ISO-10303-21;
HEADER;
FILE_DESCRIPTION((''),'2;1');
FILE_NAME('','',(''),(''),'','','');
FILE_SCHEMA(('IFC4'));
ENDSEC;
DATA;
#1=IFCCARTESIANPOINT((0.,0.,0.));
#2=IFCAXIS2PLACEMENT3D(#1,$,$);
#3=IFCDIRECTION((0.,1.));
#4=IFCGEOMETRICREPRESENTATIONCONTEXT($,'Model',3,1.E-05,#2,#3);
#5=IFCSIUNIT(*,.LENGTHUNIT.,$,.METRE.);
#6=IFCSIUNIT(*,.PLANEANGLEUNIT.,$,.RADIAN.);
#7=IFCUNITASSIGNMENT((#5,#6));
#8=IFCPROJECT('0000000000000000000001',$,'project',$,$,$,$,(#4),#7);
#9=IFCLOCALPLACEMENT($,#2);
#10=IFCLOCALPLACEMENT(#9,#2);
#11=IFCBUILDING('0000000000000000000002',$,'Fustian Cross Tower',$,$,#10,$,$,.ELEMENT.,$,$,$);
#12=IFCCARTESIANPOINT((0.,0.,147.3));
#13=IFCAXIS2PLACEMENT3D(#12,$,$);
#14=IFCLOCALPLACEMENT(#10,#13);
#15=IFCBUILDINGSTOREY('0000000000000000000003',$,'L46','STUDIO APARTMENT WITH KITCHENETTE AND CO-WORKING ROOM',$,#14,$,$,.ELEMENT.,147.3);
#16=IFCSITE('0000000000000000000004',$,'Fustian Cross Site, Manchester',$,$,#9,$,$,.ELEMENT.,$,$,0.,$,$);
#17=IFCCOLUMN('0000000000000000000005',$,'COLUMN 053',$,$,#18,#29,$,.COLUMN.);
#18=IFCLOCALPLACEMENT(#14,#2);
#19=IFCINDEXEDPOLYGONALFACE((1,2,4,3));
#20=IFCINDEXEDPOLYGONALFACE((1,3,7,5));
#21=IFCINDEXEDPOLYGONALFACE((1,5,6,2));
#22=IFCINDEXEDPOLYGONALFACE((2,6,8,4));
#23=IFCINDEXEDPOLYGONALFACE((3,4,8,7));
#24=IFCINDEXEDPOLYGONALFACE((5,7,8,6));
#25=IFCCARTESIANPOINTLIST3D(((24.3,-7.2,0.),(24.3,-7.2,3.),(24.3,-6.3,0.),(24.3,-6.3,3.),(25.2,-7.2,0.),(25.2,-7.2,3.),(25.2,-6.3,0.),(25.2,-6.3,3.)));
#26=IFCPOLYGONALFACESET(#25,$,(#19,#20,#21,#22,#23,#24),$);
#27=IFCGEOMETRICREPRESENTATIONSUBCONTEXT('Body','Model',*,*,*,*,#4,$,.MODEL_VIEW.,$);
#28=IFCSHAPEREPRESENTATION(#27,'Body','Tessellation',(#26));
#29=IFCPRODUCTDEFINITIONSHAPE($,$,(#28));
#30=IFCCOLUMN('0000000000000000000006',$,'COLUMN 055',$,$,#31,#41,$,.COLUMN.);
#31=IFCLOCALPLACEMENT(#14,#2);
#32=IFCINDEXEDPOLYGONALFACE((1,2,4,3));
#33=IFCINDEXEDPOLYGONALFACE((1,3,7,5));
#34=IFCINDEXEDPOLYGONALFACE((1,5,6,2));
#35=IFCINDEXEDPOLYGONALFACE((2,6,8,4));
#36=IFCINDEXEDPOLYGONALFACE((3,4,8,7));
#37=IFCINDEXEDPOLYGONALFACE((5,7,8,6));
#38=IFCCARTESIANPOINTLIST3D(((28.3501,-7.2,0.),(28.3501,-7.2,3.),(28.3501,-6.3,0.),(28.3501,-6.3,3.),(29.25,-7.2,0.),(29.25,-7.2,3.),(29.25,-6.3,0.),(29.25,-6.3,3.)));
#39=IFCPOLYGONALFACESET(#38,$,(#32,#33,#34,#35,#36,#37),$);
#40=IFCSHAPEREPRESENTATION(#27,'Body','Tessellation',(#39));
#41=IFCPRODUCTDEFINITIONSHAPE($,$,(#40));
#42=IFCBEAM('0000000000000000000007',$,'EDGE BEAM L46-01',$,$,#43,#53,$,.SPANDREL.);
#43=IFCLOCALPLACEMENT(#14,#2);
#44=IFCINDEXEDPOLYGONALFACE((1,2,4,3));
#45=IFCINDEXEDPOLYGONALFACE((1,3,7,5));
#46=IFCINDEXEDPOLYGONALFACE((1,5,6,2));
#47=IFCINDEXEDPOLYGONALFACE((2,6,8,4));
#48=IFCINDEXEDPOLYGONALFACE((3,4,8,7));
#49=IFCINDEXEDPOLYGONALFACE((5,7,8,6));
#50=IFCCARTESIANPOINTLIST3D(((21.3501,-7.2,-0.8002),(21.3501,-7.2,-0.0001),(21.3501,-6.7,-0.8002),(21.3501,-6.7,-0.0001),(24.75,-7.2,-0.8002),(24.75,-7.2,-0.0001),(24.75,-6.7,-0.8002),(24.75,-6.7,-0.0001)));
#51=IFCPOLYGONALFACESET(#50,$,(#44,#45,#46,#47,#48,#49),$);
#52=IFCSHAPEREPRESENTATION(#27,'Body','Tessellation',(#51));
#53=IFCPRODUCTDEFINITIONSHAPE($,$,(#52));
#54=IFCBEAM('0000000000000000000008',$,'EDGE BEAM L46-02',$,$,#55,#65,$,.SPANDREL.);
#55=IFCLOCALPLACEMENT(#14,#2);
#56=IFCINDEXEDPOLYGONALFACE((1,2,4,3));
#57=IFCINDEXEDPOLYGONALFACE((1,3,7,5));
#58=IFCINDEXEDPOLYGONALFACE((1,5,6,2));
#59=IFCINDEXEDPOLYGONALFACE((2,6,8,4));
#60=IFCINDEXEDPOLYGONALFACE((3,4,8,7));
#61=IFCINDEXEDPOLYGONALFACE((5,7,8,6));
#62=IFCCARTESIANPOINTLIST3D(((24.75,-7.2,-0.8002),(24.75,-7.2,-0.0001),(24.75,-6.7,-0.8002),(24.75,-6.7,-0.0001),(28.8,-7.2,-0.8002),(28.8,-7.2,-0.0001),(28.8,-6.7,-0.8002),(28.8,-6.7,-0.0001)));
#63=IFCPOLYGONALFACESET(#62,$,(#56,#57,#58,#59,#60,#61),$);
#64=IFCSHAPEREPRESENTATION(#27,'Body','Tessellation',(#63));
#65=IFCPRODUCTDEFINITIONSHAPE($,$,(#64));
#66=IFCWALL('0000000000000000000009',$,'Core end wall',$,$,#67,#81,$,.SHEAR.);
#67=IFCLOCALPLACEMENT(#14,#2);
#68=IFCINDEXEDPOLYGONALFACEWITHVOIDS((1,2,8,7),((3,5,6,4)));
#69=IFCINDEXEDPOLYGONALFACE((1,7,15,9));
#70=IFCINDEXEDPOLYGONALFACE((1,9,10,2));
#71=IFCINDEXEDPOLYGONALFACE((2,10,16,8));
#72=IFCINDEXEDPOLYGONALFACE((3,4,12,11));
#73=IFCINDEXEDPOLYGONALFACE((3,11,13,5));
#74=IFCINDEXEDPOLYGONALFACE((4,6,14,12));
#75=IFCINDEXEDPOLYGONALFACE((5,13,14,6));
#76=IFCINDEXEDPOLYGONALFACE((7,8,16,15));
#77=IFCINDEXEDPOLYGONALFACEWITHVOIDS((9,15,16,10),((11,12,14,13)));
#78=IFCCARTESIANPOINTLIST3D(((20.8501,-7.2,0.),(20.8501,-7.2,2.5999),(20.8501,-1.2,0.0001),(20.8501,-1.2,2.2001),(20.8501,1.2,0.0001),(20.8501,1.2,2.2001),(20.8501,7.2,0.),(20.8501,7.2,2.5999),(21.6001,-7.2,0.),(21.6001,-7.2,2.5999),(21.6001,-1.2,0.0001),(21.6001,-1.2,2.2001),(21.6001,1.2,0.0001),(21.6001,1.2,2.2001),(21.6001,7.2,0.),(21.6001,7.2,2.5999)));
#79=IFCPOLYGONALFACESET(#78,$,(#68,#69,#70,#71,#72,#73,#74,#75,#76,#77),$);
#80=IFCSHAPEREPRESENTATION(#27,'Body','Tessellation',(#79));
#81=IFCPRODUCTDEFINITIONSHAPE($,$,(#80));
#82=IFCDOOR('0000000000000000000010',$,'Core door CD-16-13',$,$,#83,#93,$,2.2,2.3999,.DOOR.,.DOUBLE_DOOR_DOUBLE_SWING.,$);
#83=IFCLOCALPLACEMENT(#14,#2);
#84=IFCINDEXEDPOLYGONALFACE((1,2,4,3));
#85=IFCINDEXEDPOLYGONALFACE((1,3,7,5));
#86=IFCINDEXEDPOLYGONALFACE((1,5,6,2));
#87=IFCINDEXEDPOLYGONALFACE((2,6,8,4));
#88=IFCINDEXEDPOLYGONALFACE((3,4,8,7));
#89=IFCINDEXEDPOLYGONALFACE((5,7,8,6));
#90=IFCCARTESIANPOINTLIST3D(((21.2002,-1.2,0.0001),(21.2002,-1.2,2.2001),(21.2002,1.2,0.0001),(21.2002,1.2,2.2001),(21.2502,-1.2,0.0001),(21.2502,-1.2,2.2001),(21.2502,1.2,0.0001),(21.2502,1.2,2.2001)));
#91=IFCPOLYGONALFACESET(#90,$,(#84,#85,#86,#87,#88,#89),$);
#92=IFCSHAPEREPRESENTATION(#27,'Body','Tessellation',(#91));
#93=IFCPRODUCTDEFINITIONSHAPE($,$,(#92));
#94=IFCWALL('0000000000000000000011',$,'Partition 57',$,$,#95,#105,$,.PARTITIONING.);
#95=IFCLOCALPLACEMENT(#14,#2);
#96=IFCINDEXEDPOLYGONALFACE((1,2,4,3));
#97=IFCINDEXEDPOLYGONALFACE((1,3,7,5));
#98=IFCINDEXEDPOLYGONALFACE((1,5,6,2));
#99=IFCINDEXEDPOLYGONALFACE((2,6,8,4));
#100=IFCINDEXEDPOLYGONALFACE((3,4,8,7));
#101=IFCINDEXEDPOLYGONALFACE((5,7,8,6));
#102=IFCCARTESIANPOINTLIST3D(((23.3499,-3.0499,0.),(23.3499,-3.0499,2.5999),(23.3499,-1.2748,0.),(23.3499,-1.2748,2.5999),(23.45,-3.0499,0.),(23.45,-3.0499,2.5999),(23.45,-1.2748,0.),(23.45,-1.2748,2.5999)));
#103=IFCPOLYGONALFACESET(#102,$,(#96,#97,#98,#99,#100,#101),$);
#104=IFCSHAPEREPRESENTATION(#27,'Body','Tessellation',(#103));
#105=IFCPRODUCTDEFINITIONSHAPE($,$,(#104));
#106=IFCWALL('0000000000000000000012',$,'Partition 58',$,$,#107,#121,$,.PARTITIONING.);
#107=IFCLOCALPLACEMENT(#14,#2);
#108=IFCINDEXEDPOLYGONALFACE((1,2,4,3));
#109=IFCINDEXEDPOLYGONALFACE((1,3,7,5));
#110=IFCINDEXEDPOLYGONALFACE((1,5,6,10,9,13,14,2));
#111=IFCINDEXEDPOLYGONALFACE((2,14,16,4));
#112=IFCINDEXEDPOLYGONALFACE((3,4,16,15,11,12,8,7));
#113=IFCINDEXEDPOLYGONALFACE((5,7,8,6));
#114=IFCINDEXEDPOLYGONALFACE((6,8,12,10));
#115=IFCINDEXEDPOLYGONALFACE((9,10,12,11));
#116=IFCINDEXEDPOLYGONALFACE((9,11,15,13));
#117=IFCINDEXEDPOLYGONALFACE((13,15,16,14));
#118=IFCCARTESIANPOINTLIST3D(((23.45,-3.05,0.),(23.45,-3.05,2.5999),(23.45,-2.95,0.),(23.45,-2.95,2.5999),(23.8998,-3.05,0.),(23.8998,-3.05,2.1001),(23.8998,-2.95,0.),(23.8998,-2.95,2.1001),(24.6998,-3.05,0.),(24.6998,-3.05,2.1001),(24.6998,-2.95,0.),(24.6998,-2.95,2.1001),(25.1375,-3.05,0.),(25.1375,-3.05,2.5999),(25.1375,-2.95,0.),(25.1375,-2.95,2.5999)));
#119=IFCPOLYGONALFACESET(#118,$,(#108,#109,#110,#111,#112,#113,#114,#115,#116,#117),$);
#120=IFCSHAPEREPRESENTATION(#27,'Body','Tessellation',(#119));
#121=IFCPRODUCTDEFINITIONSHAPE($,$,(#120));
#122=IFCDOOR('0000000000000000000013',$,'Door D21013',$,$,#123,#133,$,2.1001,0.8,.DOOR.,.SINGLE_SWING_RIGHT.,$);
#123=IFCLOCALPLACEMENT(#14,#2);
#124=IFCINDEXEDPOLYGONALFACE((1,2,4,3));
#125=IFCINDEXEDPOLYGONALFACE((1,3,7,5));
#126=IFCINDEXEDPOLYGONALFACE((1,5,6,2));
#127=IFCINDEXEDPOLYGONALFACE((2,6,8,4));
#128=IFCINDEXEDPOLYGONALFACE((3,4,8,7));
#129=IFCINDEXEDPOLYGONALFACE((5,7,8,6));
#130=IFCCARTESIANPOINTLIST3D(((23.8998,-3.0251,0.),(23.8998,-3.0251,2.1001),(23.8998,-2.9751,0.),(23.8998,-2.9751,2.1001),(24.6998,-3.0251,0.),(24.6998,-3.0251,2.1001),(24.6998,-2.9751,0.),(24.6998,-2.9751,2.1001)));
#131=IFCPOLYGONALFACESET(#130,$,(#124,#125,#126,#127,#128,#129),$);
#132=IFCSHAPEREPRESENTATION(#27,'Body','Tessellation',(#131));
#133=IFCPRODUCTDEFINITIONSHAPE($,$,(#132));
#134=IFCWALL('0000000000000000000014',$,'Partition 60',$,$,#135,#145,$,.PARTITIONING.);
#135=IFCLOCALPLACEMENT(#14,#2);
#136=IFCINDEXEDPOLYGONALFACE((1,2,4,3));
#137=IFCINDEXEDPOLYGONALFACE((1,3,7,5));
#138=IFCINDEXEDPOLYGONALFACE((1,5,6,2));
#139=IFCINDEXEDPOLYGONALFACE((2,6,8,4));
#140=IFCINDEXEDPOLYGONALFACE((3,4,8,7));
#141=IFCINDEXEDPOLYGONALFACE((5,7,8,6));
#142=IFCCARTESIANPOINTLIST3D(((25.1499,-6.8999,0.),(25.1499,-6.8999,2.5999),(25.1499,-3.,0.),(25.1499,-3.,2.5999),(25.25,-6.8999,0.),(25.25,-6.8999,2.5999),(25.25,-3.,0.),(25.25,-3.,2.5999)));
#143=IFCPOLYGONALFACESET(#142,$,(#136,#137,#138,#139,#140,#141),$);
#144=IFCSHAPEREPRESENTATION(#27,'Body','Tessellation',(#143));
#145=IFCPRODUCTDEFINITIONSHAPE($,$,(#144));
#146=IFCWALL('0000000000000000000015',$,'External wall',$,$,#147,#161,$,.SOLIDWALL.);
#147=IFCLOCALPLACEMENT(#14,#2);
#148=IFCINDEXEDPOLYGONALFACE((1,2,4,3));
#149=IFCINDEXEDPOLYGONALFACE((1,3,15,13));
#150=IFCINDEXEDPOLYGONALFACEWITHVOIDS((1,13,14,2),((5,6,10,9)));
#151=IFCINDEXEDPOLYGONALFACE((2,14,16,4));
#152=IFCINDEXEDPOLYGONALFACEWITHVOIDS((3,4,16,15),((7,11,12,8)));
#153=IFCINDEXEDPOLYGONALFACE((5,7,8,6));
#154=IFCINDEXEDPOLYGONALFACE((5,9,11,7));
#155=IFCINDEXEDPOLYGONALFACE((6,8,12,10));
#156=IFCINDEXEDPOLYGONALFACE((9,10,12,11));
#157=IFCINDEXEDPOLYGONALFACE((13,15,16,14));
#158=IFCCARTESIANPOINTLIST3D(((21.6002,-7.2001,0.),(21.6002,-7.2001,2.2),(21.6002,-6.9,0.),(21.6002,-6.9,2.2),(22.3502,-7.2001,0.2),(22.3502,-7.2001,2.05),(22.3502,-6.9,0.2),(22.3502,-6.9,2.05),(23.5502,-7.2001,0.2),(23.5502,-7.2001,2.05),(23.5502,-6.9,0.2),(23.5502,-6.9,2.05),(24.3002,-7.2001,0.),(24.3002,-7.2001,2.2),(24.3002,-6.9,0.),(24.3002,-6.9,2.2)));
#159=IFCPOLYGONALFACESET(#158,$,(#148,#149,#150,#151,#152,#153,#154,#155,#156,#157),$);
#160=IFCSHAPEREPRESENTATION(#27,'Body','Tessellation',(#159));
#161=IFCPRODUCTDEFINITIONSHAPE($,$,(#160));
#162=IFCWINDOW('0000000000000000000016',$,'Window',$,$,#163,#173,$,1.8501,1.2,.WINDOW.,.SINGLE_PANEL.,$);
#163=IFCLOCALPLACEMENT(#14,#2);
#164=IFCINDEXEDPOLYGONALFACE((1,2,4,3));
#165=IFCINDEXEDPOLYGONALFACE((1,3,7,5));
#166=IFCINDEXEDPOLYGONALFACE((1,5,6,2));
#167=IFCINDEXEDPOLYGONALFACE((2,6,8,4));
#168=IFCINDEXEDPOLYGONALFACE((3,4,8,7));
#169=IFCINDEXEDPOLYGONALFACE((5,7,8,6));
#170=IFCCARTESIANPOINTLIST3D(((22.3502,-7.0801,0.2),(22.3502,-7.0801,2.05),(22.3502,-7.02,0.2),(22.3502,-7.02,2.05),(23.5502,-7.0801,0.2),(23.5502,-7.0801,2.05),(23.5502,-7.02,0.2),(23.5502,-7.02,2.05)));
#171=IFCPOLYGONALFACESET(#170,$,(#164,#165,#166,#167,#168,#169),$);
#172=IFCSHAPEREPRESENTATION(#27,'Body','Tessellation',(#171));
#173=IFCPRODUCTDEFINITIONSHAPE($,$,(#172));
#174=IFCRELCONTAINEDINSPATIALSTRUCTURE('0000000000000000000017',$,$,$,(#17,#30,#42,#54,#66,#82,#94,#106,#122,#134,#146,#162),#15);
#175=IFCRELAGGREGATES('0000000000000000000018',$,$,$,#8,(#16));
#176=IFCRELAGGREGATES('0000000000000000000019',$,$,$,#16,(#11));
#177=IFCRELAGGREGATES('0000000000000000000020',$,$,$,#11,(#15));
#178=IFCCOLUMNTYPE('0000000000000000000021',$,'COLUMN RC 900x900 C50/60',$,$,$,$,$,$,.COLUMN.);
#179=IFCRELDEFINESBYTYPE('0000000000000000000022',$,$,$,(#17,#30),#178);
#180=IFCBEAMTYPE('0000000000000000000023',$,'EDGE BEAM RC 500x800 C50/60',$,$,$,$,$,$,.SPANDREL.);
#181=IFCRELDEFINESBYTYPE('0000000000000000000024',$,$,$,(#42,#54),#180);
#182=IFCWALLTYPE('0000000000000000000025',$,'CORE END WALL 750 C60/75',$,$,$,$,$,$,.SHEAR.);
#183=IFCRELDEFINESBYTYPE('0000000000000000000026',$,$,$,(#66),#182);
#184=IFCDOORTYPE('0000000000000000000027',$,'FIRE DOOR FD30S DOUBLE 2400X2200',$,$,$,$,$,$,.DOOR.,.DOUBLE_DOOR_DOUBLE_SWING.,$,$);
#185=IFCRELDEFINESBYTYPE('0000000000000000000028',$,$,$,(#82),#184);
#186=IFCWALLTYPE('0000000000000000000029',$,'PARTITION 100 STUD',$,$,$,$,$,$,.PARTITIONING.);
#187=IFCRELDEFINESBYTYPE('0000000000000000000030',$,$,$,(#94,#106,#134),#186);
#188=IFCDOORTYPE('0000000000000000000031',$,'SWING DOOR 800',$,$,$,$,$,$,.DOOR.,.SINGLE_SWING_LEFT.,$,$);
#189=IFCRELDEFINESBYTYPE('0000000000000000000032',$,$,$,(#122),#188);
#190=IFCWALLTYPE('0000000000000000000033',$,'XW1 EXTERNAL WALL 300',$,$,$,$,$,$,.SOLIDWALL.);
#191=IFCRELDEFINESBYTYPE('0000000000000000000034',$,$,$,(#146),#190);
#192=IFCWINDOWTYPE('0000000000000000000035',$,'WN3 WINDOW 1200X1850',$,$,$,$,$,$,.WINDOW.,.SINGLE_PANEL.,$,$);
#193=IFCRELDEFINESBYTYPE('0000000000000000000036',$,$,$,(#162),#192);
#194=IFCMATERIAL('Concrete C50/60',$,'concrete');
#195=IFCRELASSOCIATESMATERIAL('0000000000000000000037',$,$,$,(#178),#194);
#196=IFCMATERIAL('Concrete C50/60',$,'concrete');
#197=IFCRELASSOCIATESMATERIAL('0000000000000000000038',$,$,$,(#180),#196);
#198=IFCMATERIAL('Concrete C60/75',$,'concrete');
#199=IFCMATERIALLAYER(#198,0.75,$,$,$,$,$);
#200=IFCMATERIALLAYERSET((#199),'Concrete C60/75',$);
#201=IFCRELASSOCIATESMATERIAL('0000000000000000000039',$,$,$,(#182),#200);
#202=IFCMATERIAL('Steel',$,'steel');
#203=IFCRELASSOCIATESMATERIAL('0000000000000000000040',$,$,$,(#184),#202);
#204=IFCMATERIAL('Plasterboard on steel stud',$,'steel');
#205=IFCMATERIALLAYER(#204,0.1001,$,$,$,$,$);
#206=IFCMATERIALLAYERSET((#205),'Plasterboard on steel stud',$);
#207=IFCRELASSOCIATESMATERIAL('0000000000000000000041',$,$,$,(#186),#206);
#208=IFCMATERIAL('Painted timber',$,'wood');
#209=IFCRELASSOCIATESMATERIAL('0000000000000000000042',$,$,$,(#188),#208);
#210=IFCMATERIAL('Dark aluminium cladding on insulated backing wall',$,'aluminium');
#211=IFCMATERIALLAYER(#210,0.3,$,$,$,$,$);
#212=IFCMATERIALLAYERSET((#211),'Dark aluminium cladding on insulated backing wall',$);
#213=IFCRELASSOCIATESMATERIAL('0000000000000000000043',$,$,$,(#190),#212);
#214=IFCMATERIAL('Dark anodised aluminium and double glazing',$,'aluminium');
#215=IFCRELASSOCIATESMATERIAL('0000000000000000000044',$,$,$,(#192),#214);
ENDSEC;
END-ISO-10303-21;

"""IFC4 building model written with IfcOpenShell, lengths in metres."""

from ifc_helpers import new_model, si_unit, direction, frame, frame_2d, origin, origin_2d, place, context, subcontext, project, spatial, rectangle, extrude, material, layer, layer_set, material_profile, profile_set, type_object, element, fill, save


model = new_model("IFC4")

# Units and contexts
model_context = context("Model", 3, precision=1e-05, world=origin(), true_north=direction((0.0, 1.0)))
body_context = subcontext(model_context, "Body", "Model", "MODEL_VIEW")
ifc_project = project(units=[si_unit("LENGTHUNIT", "METRE"), si_unit("PLANEANGLEUNIT", "RADIAN")], contexts=[model_context])

# Site, building, storey
site_placement = place(None, origin())
site = spatial("IfcSite", under=ifc_project, at=site_placement, Name="Fustian Cross Site, Manchester", CompositionType="ELEMENT", RefElevation=0.0)
building_placement = place(site_placement, origin())
building = spatial("IfcBuilding", under=site, at=building_placement, Name="Fustian Cross Tower", CompositionType="ELEMENT")
storey_placement = place(building_placement, frame((0.0, 0.0, 147.3)))
storey = spatial("IfcBuildingStorey", under=building, at=storey_placement, Name="L46", Description="STUDIO APARTMENT WITH KITCHENETTE AND CO-WORKING ROOM", CompositionType="ELEMENT", Elevation=147.3)

# Columns
ifc_material_1 = material(Name="Concrete C50/60", Category="concrete")
ifc_material_profile_1 = material_profile(ifc_material_1, rectangle(XDim=0.8999, YDim=0.8999, at=origin_2d()), Name="RC 900x900")
ifc_profile_set_1 = profile_set([ifc_material_profile_1], Name="Concrete C50/60")
column_type = type_object("IfcColumnType", Name="COLUMN RC 900x900 C50/60", PredefinedType="COLUMN", material=ifc_profile_set_1)
for number, where, z_axis, x_axis, name in (
    (1, (24.75, -6.75, 0.0), (0.0, 0.0, 1.0), (1.0, 0.0, 0.0), "COLUMN 053"),
    (2, (28.8, -6.75, 0.0), (0.0, 0.0, 1.0), (1.0, 0.0, 0.0), "COLUMN 055"),
):
    element("IfcColumn", number, at=place(storey_placement, frame(where, z_axis=z_axis, x_axis=x_axis)), inside=storey, type_object=column_type, Name=name, PredefinedType="COLUMN", context=body_context, shape_type="SweptSolid", body=[
        extrude(rectangle(XDim=0.8999, YDim=0.8999, at=origin_2d()), origin(), (0.0, 0.0, 1.0), 3.0),
    ])

# Beams
ifc_material_2 = material(Name="Concrete C50/60", Category="concrete")
ifc_material_profile_2 = material_profile(ifc_material_2, rectangle(XDim=0.5, YDim=0.8, at=origin_2d()), Name="RC 500x800")
ifc_profile_set_2 = profile_set([ifc_material_profile_2], Name="Concrete C50/60")
beam_type = type_object("IfcBeamType", Name="EDGE BEAM RC 500x800 C50/60", PredefinedType="SPANDREL", material=ifc_profile_set_2)
beam_1_placement = place(storey_placement, frame((21.3501, -6.95, -0.4001), z_axis=(1.0, 0.0, 0.0), x_axis=(0.0, 1.0, 0.0)))
element("IfcBeam", 3, at=beam_1_placement, inside=storey, type_object=beam_type, Name="EDGE BEAM L46-01", PredefinedType="SPANDREL", context=body_context, shape_type="SweptSolid", body=[
    extrude(rectangle(XDim=0.5, YDim=0.8, at=origin_2d()), origin(), (0.0, 0.0, 1.0), 3.3999),
])
beam_2_placement = place(storey_placement, frame((24.75, -6.95, -0.4001), z_axis=(1.0, 0.0, 0.0), x_axis=(0.0, 1.0, 0.0)))
element("IfcBeam", 4, at=beam_2_placement, inside=storey, type_object=beam_type, Name="EDGE BEAM L46-02", PredefinedType="SPANDREL", context=body_context, shape_type="SweptSolid", body=[
    extrude(rectangle(XDim=0.5, YDim=0.8, at=origin_2d()), origin(), (0.0, 0.0, 1.0), 4.05),
])

# Wall, opening, door
ifc_material_3 = material(Name="Concrete C60/75", Category="concrete")
ifc_layer_1 = layer(ifc_material_3, 0.75)
ifc_layer_set_1 = layer_set([ifc_layer_1], Name="Concrete C60/75")
wall_type_1 = type_object("IfcWallType", Name="CORE END WALL 750 C60/75", PredefinedType="SHEAR", material=ifc_layer_set_1)
wall_1_placement = place(storey_placement, frame((21.2251, -7.2, 0.0), z_axis=(0.0, 0.0, 1.0), x_axis=(0.0, 1.0, 0.0)))
wall_1 = element("IfcWall", 5, at=wall_1_placement, inside=storey, type_object=wall_type_1, Name="Core end wall", PredefinedType="SHEAR", context=body_context, shape_type="SweptSolid", body=[
    extrude(rectangle(XDim=14.3999, YDim=0.75, at=frame_2d((7.2, 0.0))), origin(), (0.0, 0.0, 1.0), 2.5999),
])
opening_1_placement = place(wall_1_placement, frame((6.0, 0.0, 0.0)))
opening_1 = element("IfcOpeningElement", 6, at=opening_1_placement, cuts=wall_1, PredefinedType="OPENING", context=body_context, shape_type="SweptSolid", body=[
    extrude(rectangle(XDim=2.3999, YDim=2.2, at=frame_2d((1.2, 1.1001))), frame((0.0, 0.385, 0.0), z_axis=(0.0, -1.0, 0.0), x_axis=(1.0, 0.0, 0.0)), (0.0, 0.0, 1.0), 0.77),
])
ifc_material_4 = material(Name="Steel", Category="steel")
door_type_1 = type_object("IfcDoorType", Name="FIRE DOOR FD30S DOUBLE 2400X2200", OperationType="DOUBLE_DOOR_DOUBLE_SWING", PredefinedType="DOOR", material=ifc_material_4)
door_1_placement = place(opening_1_placement, origin())
door_1 = element("IfcDoor", 7, at=door_1_placement, inside=storey, type_object=door_type_1, Name="Core door CD-16-13", OperationType="DOUBLE_DOOR_DOUBLE_SWING", OverallHeight=2.2, OverallWidth=2.3999, PredefinedType="DOOR", context=body_context, shape_type="SweptSolid", body=[
    extrude(rectangle(XDim=2.3999, YDim=2.2, at=frame_2d((1.2, 1.1001))), frame((0.0, 0.0249, 0.0), z_axis=(0.0, -1.0, 0.0), x_axis=(1.0, 0.0, 0.0)), (0.0, 0.0, 1.0), 0.05),
])
fill(opening_1, door_1)

# Wall
ifc_material_5 = material(Name="Plasterboard on steel stud", Category="steel")
ifc_layer_2 = layer(ifc_material_5, 0.1001)
ifc_layer_set_2 = layer_set([ifc_layer_2], Name="Plasterboard on steel stud")
wall_type_2 = type_object("IfcWallType", Name="PARTITION 100 STUD", PredefinedType="PARTITIONING", material=ifc_layer_set_2)
wall_2_placement = place(storey_placement, frame((23.3999, -3.05, 0.0), z_axis=(0.0, 0.0, 1.0), x_axis=(0.0, 1.0, 0.0)))
element("IfcWall", 8, at=wall_2_placement, inside=storey, type_object=wall_type_2, Name="Partition 57", PredefinedType="PARTITIONING", context=body_context, shape_type="SweptSolid", body=[
    extrude(rectangle(XDim=1.7751, YDim=0.1001, at=frame_2d((0.8877, 0.0))), origin(), (0.0, 0.0, 1.0), 2.5999),
])

# Wall, opening, door
wall_3_placement = place(storey_placement, frame((23.45, -3.0, 0.0), z_axis=(0.0, 0.0, 1.0), x_axis=(1.0, 0.0, 0.0)))
wall_3 = element("IfcWall", 9, at=wall_3_placement, inside=storey, type_object=wall_type_2, Name="Partition 58", PredefinedType="PARTITIONING", context=body_context, shape_type="SweptSolid", body=[
    extrude(rectangle(XDim=1.6875, YDim=0.1001, at=frame_2d((0.8438, 0.0))), origin(), (0.0, 0.0, 1.0), 2.5999),
])
opening_2_placement = place(wall_3_placement, frame((0.45, 0.0, 0.0)))
opening_2 = element("IfcOpeningElement", 10, at=opening_2_placement, cuts=wall_3, PredefinedType="OPENING", context=body_context, shape_type="SweptSolid", body=[
    extrude(rectangle(XDim=0.8, YDim=2.1001, at=frame_2d((0.3999, 1.05))), frame((0.0, 0.0601, 0.0), z_axis=(0.0, -1.0, 0.0), x_axis=(1.0, 0.0, 0.0)), (0.0, 0.0, 1.0), 0.1201),
])
ifc_material_6 = material(Name="Painted timber", Category="wood")
door_type_2 = type_object("IfcDoorType", Name="SWING DOOR 800", OperationType="SINGLE_SWING_LEFT", PredefinedType="DOOR", material=ifc_material_6)
door_2_placement = place(opening_2_placement, origin())
door_2 = element("IfcDoor", 11, at=door_2_placement, inside=storey, type_object=door_type_2, Name="Door D21013", OperationType="SINGLE_SWING_RIGHT", OverallHeight=2.1001, OverallWidth=0.8, PredefinedType="DOOR", context=body_context, shape_type="SweptSolid", body=[
    extrude(rectangle(XDim=0.8, YDim=2.1001, at=frame_2d((0.3999, 1.05))), frame((0.0, 0.0249, 0.0), z_axis=(0.0, -1.0, 0.0), x_axis=(1.0, 0.0, 0.0)), (0.0, 0.0, 1.0), 0.05),
])
fill(opening_2, door_2)

# Wall
wall_4_placement = place(storey_placement, frame((25.2, -6.8999, 0.0), z_axis=(0.0, 0.0, 1.0), x_axis=(0.0, 1.0, 0.0)))
element("IfcWall", 12, at=wall_4_placement, inside=storey, type_object=wall_type_2, Name="Partition 60", PredefinedType="PARTITIONING", context=body_context, shape_type="SweptSolid", body=[
    extrude(rectangle(XDim=3.8999, YDim=0.1001, at=frame_2d((1.95, 0.0))), origin(), (0.0, 0.0, 1.0), 2.5999),
])

# Wall, opening, window
ifc_material_7 = material(Name="Dark aluminium cladding on insulated backing wall", Category="aluminium")
ifc_layer_3 = layer(ifc_material_7, 0.3)
ifc_layer_set_3 = layer_set([ifc_layer_3], Name="Dark aluminium cladding on insulated backing wall")
wall_type_3 = type_object("IfcWallType", Name="XW1 EXTERNAL WALL 300", PredefinedType="SOLIDWALL", material=ifc_layer_set_3)
wall_5_placement = place(storey_placement, frame((21.6001, -7.05, 0.0), z_axis=(0.0, 0.0, 1.0), x_axis=(1.0, 0.0, 0.0)))
wall_5 = element("IfcWall", 13, at=wall_5_placement, inside=storey, type_object=wall_type_3, Name="External wall", PredefinedType="SOLIDWALL", context=body_context, shape_type="SweptSolid", body=[
    extrude(rectangle(XDim=2.7, YDim=0.3, at=frame_2d((1.3501, 0.0))), origin(), (0.0, 0.0, 1.0), 2.2),
])
opening_3_placement = place(wall_5_placement, frame((0.75, 0.0, 0.2)))
opening_3 = element("IfcOpeningElement", 14, at=opening_3_placement, cuts=wall_5, PredefinedType="OPENING", context=body_context, shape_type="SweptSolid", body=[
    extrude(rectangle(XDim=1.2, YDim=1.8501, at=frame_2d((0.6001, 0.925))), frame((0.0, 0.1599, 0.0), z_axis=(0.0, -1.0, 0.0), x_axis=(1.0, 0.0, 0.0)), (0.0, 0.0, 1.0), 0.3201),
])
ifc_material_8 = material(Name="Dark anodised aluminium and double glazing", Category="aluminium")
window_type = type_object("IfcWindowType", Name="WN3 WINDOW 1200X1850", PartitioningType="SINGLE_PANEL", PredefinedType="WINDOW", material=ifc_material_8)
window_placement = place(opening_3_placement, origin())
window = element("IfcWindow", 15, at=window_placement, inside=storey, type_object=window_type, Name="Window", OverallHeight=1.8501, OverallWidth=1.2, PartitioningType="SINGLE_PANEL", PredefinedType="WINDOW", context=body_context, shape_type="SweptSolid", body=[
    extrude(rectangle(XDim=1.2, YDim=1.8501, at=frame_2d((0.6001, 0.925))), frame((0.0, 0.03, 0.0), z_axis=(0.0, -1.0, 0.0), x_axis=(1.0, 0.0, 0.0)), (0.0, 0.0, 1.0), 0.0601),
])
fill(opening_3, window)

save(model, "model.ifc")
